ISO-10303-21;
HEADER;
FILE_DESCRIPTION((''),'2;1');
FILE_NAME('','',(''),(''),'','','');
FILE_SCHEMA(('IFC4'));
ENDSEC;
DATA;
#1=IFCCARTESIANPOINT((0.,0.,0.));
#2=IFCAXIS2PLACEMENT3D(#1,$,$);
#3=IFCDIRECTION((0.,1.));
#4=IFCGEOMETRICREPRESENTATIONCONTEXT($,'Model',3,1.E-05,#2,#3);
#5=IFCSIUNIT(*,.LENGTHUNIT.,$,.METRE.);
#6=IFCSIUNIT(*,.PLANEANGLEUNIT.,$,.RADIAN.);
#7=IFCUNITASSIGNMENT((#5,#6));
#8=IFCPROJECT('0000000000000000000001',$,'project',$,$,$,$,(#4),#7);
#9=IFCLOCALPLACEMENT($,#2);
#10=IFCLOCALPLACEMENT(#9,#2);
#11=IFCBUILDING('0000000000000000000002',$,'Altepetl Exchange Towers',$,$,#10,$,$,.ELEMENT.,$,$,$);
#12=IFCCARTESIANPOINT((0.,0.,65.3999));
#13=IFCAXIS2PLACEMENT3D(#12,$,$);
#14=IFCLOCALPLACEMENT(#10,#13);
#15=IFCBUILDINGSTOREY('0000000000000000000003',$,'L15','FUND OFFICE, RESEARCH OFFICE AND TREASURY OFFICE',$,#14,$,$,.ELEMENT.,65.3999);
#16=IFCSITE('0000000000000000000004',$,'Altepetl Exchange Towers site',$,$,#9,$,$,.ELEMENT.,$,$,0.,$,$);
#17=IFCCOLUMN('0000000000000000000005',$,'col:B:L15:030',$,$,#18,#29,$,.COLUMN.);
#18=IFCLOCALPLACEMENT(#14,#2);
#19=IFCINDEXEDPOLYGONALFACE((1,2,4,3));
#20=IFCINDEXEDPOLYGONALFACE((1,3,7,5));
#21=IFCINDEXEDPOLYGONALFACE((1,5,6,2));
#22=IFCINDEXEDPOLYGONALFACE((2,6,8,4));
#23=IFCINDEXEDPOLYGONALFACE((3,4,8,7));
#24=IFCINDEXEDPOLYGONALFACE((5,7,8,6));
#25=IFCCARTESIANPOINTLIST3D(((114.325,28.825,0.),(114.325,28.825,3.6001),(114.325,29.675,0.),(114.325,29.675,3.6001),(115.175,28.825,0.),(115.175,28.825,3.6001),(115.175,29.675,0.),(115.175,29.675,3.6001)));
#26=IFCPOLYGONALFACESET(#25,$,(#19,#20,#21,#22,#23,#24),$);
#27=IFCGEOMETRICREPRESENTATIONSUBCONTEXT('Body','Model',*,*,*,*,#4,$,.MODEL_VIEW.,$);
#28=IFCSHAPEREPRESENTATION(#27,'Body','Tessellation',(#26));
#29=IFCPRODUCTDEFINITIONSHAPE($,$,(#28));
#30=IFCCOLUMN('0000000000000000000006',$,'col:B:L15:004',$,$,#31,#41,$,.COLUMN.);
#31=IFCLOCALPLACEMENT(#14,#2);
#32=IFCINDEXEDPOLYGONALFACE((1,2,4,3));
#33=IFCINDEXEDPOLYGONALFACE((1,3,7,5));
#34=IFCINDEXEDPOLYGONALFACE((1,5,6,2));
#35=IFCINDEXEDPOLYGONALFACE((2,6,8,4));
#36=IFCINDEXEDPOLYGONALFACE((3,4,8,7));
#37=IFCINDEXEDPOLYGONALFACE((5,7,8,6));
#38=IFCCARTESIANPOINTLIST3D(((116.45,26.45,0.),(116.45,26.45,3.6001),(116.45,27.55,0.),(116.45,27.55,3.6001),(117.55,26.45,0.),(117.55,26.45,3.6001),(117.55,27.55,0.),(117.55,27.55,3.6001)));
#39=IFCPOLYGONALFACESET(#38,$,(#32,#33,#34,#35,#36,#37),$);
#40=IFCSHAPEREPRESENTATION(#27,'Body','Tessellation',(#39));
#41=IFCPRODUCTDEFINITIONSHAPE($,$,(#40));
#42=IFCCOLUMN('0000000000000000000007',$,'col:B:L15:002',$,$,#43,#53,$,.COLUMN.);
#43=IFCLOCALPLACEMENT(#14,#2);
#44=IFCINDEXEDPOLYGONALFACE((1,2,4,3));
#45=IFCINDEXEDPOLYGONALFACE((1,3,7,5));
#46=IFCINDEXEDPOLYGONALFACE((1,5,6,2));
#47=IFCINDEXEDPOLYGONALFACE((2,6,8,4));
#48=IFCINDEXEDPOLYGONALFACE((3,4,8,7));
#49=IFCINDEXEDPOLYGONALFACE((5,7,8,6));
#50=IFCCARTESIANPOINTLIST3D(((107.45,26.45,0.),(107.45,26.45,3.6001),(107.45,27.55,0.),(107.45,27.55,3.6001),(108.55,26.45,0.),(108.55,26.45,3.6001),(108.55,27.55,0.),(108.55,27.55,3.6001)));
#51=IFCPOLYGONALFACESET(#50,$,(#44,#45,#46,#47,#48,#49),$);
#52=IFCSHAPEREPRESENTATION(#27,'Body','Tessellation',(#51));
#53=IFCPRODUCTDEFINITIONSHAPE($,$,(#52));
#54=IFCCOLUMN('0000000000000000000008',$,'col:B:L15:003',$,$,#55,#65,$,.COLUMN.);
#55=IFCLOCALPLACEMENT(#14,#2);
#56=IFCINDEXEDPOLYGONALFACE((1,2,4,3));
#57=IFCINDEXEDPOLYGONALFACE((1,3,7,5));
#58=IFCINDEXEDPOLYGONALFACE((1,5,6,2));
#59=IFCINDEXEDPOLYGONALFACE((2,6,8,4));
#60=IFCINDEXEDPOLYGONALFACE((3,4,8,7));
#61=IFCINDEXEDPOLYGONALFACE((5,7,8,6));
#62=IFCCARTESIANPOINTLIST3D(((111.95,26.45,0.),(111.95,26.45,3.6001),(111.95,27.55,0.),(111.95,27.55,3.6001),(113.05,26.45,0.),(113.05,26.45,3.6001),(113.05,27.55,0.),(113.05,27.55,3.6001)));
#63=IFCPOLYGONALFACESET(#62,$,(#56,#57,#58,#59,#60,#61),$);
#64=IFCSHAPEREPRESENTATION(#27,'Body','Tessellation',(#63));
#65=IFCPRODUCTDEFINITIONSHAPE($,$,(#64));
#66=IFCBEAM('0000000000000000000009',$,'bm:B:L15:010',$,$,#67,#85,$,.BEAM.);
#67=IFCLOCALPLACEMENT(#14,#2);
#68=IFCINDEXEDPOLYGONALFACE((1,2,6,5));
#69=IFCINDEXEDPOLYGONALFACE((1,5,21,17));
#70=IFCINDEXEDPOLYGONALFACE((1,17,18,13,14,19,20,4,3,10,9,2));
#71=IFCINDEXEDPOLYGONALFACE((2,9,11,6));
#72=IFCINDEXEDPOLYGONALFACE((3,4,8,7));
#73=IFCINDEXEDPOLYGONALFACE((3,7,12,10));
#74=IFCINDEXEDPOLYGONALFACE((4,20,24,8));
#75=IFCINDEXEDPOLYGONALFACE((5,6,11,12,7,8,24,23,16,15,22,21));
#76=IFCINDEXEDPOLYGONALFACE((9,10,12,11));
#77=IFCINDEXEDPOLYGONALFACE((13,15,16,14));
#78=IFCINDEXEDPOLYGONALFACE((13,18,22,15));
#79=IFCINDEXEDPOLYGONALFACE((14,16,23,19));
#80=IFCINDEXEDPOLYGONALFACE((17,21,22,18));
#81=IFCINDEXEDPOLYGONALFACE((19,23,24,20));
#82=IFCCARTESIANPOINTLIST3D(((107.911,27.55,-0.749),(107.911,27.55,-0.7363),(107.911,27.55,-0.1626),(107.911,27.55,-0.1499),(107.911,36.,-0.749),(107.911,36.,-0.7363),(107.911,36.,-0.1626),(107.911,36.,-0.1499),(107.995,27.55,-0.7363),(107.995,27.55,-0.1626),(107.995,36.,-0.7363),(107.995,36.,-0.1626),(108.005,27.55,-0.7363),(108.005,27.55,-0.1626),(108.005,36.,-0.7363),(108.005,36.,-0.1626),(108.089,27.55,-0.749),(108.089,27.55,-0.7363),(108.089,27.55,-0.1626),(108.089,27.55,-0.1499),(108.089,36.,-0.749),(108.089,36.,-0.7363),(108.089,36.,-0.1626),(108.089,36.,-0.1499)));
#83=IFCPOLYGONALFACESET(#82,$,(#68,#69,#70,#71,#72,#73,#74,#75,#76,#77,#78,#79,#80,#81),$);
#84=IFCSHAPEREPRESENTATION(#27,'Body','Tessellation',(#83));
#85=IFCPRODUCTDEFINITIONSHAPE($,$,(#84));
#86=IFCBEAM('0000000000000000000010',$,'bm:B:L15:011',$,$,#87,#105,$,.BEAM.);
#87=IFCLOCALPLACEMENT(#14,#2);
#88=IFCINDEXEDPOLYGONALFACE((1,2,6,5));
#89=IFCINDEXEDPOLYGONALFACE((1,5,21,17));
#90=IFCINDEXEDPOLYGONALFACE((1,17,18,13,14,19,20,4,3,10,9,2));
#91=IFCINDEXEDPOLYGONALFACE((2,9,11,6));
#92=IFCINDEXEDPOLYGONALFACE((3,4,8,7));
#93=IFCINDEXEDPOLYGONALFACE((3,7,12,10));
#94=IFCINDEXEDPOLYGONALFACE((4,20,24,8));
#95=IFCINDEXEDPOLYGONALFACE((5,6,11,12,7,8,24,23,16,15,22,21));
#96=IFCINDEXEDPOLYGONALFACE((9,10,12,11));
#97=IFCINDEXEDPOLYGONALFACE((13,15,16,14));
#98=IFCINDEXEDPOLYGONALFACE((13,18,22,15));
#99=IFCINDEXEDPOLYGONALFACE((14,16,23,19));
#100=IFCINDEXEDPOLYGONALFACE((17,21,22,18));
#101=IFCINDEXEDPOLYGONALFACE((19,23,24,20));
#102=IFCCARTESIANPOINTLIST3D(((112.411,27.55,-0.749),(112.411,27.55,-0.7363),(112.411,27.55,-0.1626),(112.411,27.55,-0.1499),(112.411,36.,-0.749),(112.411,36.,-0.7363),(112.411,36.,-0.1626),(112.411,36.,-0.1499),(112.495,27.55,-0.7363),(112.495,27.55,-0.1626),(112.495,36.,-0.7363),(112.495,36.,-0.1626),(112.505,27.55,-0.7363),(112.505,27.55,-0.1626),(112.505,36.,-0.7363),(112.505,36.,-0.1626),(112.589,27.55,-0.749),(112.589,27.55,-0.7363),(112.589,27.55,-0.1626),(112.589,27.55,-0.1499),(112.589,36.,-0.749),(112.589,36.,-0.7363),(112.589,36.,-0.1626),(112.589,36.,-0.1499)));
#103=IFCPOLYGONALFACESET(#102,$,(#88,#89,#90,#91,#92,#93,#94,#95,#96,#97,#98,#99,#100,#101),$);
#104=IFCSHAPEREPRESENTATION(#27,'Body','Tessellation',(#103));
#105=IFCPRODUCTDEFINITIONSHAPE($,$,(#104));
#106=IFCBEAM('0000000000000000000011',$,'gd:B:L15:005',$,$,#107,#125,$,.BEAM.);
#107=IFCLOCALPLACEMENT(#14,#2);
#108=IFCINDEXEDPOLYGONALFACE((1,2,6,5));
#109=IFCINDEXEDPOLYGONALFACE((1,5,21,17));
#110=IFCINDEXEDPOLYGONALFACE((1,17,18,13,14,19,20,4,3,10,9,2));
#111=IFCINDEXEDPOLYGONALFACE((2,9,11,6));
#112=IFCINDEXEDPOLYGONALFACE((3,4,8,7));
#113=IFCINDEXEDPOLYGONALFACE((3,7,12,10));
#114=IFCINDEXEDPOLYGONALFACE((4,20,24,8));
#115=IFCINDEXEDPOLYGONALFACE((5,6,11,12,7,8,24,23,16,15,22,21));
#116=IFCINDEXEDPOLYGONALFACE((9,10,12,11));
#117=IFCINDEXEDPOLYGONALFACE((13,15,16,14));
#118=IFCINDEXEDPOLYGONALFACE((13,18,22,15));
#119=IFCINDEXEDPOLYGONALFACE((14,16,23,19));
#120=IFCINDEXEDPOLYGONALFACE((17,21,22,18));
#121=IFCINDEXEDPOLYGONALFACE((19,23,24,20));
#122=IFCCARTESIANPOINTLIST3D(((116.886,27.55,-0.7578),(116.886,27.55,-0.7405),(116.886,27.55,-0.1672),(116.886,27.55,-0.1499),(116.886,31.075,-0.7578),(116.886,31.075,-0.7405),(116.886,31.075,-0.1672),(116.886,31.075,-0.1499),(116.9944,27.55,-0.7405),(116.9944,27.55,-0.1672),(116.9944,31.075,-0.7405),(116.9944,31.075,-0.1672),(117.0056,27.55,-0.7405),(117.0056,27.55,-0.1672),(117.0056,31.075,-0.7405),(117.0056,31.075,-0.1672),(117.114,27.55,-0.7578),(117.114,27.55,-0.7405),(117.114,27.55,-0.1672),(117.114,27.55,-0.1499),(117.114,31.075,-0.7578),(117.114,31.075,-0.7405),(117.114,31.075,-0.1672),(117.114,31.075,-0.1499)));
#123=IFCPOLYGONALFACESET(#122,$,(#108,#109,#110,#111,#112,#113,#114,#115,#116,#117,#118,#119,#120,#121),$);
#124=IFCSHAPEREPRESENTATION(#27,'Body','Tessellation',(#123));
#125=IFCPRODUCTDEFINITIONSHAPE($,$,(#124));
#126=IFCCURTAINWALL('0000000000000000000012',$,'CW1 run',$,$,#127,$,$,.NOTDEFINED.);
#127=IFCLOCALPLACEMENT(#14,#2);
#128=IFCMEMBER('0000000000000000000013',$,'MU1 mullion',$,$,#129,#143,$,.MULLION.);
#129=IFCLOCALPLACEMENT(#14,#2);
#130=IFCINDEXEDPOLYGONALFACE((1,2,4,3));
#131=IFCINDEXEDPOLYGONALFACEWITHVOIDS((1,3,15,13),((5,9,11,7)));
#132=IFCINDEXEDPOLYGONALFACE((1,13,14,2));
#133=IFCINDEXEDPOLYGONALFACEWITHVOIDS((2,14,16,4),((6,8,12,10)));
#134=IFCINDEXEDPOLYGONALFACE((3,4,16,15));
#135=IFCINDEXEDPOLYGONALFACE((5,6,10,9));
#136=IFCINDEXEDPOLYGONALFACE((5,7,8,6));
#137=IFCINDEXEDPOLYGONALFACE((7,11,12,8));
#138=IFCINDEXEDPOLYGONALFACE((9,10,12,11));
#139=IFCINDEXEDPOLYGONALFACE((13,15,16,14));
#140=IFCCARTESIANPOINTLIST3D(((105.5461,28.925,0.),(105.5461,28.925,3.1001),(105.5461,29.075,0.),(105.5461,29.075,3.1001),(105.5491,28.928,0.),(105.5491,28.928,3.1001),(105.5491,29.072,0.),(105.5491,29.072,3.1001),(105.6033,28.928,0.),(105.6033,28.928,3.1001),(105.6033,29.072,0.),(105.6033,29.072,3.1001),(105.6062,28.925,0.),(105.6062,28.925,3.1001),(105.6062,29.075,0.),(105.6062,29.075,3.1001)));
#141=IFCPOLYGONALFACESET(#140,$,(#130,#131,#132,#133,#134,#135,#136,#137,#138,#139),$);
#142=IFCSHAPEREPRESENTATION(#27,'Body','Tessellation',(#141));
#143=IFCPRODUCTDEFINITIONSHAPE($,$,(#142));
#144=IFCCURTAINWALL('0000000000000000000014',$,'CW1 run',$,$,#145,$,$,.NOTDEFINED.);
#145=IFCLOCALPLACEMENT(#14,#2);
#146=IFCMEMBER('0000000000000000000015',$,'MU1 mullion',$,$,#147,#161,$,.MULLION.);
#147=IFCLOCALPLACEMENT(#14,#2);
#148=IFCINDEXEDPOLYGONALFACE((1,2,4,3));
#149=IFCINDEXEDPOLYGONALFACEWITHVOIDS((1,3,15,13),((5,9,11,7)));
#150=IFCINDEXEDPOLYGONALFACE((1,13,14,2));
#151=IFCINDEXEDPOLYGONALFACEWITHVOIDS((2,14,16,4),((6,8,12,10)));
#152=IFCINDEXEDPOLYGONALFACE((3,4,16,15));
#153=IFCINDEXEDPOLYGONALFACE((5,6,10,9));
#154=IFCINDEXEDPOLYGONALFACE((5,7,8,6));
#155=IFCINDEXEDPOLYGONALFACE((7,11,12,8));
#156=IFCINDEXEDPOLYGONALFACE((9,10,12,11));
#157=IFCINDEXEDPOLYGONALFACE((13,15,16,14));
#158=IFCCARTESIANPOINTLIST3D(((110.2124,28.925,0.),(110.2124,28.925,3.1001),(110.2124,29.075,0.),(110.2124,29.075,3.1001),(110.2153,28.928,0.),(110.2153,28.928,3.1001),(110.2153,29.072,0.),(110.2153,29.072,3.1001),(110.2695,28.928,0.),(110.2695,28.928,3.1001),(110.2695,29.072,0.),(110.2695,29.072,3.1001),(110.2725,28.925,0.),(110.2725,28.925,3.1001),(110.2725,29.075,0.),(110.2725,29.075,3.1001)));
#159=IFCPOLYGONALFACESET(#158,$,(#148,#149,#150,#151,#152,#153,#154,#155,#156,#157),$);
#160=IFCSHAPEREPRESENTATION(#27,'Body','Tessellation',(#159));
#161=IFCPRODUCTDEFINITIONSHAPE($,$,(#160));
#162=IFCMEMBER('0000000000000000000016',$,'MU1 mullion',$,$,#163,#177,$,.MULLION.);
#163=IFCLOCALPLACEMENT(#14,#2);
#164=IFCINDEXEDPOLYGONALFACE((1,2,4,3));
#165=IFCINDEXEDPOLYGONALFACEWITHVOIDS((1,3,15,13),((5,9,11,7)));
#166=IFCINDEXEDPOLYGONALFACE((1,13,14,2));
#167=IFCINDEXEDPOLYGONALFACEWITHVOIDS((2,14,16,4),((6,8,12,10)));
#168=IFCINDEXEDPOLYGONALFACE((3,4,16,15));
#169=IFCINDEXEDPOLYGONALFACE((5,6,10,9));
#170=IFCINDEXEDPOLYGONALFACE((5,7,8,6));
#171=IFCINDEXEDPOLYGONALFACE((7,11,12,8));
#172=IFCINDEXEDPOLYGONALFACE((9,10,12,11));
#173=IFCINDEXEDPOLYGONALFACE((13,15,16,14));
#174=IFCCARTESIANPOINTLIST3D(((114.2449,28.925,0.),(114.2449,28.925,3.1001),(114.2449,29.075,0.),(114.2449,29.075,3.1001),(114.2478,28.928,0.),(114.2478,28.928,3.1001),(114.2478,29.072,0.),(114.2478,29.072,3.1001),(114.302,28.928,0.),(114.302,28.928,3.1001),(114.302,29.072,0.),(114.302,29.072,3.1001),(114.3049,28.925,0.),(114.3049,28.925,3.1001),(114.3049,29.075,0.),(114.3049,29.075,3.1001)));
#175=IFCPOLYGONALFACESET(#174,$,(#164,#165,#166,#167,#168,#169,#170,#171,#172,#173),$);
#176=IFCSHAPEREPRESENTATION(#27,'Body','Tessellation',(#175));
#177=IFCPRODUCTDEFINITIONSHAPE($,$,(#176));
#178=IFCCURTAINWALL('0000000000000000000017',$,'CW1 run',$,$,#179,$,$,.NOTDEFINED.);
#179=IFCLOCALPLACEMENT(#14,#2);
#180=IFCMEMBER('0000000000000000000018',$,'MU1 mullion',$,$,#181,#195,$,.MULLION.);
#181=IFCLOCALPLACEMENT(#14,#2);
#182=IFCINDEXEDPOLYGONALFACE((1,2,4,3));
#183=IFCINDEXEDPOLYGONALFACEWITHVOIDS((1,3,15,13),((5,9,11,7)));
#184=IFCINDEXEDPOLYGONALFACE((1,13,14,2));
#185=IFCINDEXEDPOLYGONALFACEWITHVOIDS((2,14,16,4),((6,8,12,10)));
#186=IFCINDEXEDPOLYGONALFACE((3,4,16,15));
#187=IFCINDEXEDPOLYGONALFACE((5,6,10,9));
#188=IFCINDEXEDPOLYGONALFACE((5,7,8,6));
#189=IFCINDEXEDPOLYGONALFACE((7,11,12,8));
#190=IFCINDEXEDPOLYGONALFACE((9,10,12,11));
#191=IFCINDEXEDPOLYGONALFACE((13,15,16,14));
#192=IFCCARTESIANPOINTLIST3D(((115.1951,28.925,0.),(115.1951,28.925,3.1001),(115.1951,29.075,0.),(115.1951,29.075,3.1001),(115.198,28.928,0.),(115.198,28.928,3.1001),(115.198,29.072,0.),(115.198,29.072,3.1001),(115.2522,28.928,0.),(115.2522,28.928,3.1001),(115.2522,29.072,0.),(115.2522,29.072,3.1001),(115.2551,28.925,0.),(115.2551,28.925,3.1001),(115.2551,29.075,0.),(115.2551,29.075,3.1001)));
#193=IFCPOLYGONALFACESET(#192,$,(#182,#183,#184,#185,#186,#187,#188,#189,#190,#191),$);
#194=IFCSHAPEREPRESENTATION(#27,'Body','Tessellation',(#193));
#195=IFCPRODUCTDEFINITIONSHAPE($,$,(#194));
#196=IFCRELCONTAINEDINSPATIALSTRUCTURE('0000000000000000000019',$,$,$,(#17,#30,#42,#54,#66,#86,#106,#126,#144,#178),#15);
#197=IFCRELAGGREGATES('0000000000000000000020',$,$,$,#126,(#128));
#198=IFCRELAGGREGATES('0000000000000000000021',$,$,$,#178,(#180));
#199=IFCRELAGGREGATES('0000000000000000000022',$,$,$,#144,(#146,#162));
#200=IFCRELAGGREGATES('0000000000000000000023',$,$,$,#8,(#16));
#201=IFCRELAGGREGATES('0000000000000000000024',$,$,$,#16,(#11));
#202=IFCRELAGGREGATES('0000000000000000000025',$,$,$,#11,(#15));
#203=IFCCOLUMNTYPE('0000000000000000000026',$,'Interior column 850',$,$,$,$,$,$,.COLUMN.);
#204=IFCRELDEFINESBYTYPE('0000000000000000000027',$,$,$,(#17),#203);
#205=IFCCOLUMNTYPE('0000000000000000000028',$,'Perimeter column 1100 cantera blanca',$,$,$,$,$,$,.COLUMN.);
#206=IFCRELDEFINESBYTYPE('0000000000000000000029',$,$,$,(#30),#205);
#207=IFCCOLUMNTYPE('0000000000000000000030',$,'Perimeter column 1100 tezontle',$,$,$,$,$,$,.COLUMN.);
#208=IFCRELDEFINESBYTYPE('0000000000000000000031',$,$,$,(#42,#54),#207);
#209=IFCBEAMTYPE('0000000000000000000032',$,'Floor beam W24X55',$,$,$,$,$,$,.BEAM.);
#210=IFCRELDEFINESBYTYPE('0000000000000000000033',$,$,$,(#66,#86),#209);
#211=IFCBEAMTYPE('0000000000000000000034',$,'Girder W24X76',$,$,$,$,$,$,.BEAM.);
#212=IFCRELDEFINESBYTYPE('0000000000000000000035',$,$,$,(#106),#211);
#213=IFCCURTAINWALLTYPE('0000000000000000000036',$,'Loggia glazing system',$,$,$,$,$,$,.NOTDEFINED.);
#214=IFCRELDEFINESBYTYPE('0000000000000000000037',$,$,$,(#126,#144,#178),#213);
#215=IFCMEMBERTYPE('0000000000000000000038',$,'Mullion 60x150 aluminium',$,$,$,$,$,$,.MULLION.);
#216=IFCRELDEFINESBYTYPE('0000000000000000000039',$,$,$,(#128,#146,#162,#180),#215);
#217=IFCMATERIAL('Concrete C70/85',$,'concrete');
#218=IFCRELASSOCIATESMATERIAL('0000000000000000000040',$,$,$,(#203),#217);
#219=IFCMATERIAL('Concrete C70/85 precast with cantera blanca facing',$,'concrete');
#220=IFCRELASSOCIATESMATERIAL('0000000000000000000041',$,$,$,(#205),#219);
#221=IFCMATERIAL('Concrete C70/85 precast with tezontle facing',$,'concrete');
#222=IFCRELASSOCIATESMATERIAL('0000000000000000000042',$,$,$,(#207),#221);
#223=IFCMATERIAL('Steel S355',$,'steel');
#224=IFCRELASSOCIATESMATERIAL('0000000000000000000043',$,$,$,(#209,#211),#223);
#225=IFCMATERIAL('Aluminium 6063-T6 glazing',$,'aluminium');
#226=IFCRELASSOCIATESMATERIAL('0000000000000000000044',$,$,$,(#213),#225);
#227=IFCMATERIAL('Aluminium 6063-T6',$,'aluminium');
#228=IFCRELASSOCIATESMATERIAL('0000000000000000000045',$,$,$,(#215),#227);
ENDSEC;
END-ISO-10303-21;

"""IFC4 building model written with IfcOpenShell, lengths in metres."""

from ifc_helpers import new_model, si_unit, direction, frame, origin, origin_2d, place, context, subcontext, project, spatial, rectangle, hollow_rectangle, i_section, extrude, material, material_profile, profile_set, type_object, element, aggregate, save


model = new_model("IFC4")

# Units and contexts
model_context = context("Model", 3, precision=1e-05, world=origin(), true_north=direction((0.0, 1.0)))
body_context = subcontext(model_context, "Body", "Model", "MODEL_VIEW")
ifc_project = project(units=[si_unit("LENGTHUNIT", "METRE"), si_unit("PLANEANGLEUNIT", "RADIAN")], contexts=[model_context])

# Site, building, storey
site_placement = place(None, origin())
site = spatial("IfcSite", under=ifc_project, at=site_placement, Name="Altepetl Exchange Towers site", CompositionType="ELEMENT", RefElevation=0.0)
building_placement = place(site_placement, origin())
building = spatial("IfcBuilding", under=site, at=building_placement, Name="Altepetl Exchange Towers", CompositionType="ELEMENT")
storey_placement = place(building_placement, frame((0.0, 0.0, 65.3999)))
storey = spatial("IfcBuildingStorey", under=building, at=storey_placement, Name="L15", Description="FUND OFFICE, RESEARCH OFFICE AND TREASURY OFFICE", CompositionType="ELEMENT", Elevation=65.3999)

# Columns
ifc_material_1 = material(Name="Concrete C70/85", Category="concrete")
ifc_material_profile_1 = material_profile(ifc_material_1, rectangle(XDim=0.8501, YDim=0.8501, at=origin_2d()), Name="850 x 850")
ifc_profile_set_1 = profile_set([ifc_material_profile_1], Name="Concrete C70/85")
column_type_1 = type_object("IfcColumnType", Name="Interior column 850", PredefinedType="COLUMN", material=ifc_profile_set_1)
column_1_placement = place(storey_placement, frame((114.75, 29.25, 0.0)))
element("IfcColumn", 1, at=column_1_placement, inside=storey, type_object=column_type_1, Name="col:B:L15:030", PredefinedType="COLUMN", context=body_context, shape_type="SweptSolid", body=[
    extrude(rectangle(XDim=0.8501, YDim=0.8501, at=origin_2d()), origin(), (0.0, 0.0, 1.0), 3.6001),
])
ifc_material_2 = material(Name="Concrete C70/85 precast with cantera blanca facing", Category="concrete")
ifc_material_profile_2 = material_profile(ifc_material_2, rectangle(XDim=1.1001, YDim=1.1001, at=origin_2d()), Name="1100 x 1100")
ifc_profile_set_2 = profile_set([ifc_material_profile_2], Name="Concrete C70/85 precast with cantera blanca facing")
column_type_2 = type_object("IfcColumnType", Name="Perimeter column 1100 cantera blanca", PredefinedType="COLUMN", material=ifc_profile_set_2)
column_2_placement = place(storey_placement, frame((117.0, 27.0, 0.0)))
element("IfcColumn", 2, at=column_2_placement, inside=storey, type_object=column_type_2, Name="col:B:L15:004", PredefinedType="COLUMN", context=body_context, shape_type="SweptSolid", body=[
    extrude(rectangle(XDim=1.1001, YDim=1.1001, at=origin_2d()), origin(), (0.0, 0.0, 1.0), 3.6001),
])
ifc_material_3 = material(Name="Concrete C70/85 precast with tezontle facing", Category="concrete")
ifc_material_profile_3 = material_profile(ifc_material_3, rectangle(XDim=1.1001, YDim=1.1001, at=origin_2d()), Name="1100 x 1100")
ifc_profile_set_3 = profile_set([ifc_material_profile_3], Name="Concrete C70/85 precast with tezontle facing")
column_type_3 = type_object("IfcColumnType", Name="Perimeter column 1100 tezontle", PredefinedType="COLUMN", material=ifc_profile_set_3)
for number, where, name in (
    (3, (108.0, 27.0, 0.0), "col:B:L15:002"),
    (4, (112.5, 27.0, 0.0), "col:B:L15:003"),
):
    element("IfcColumn", number, at=place(storey_placement, frame(where)), inside=storey, type_object=column_type_3, Name=name, PredefinedType="COLUMN", context=body_context, shape_type="SweptSolid", body=[
        extrude(rectangle(XDim=1.1001, YDim=1.1001, at=origin_2d()), origin(), (0.0, 0.0, 1.0), 3.6001),
    ])

# Beams
ifc_material_4 = material(Name="Steel S355", Category="steel")
ifc_material_profile_4 = material_profile(ifc_material_4, i_section(OverallWidth=0.178, OverallDepth=0.5991, WebThickness=0.01, FlangeThickness=0.0127, at=origin_2d()), Name="W24X55")
ifc_profile_set_4 = profile_set([ifc_material_profile_4], Name="Steel S355")
beam_type_1 = type_object("IfcBeamType", Name="Floor beam W24X55", PredefinedType="BEAM", material=ifc_profile_set_4)
for number, where, z_axis, x_axis, name in (
    (5, (108.0, 27.55, -0.4495), (0.0, 1.0, 0.0), (-1.0, 0.0, 0.0), "bm:B:L15:010"),
    (6, (112.5, 27.55, -0.4495), (0.0, 1.0, 0.0), (-1.0, 0.0, 0.0), "bm:B:L15:011"),
):
    element("IfcBeam", number, at=place(storey_placement, frame(where, z_axis=z_axis, x_axis=x_axis)), inside=storey, type_object=beam_type_1, Name=name, PredefinedType="BEAM", context=body_context, shape_type="SweptSolid", body=[
        extrude(i_section(OverallWidth=0.178, OverallDepth=0.5991, WebThickness=0.01, FlangeThickness=0.0127, at=origin_2d()), origin(), (0.0, 0.0, 1.0), 8.45),
    ])
ifc_material_profile_5 = material_profile(ifc_material_4, i_section(OverallWidth=0.228, OverallDepth=0.6079, WebThickness=0.0112, FlangeThickness=0.0173, at=origin_2d()), Name="W24X76")
ifc_profile_set_5 = profile_set([ifc_material_profile_5], Name="Steel S355")
beam_type_2 = type_object("IfcBeamType", Name="Girder W24X76", PredefinedType="BEAM", material=ifc_profile_set_5)
beam_placement = place(storey_placement, frame((117.0, 31.075, -0.4539), z_axis=(0.0, -1.0, 0.0), x_axis=(1.0, 0.0, 0.0)))
element("IfcBeam", 7, at=beam_placement, inside=storey, type_object=beam_type_2, Name="gd:B:L15:005", PredefinedType="BEAM", context=body_context, shape_type="SweptSolid", body=[
    extrude(i_section(OverallWidth=0.228, OverallDepth=0.6079, WebThickness=0.0112, FlangeThickness=0.0173, at=origin_2d()), origin(), (0.0, 0.0, 1.0), 3.5249),
])

# Curtain wall, member
ifc_material_5 = material(Name="Aluminium 6063-T6 glazing", Category="aluminium")
curtain_wall_type = type_object("IfcCurtainWallType", Name="Loggia glazing system", PredefinedType="NOTDEFINED", material=ifc_material_5)
curtain_wall_1_placement = place(storey_placement, origin())
curtain_wall_1 = element("IfcCurtainWall", 8, at=curtain_wall_1_placement, inside=storey, type_object=curtain_wall_type, Name="CW1 run", PredefinedType="NOTDEFINED")
ifc_material_6 = material(Name="Aluminium 6063-T6", Category="aluminium")
ifc_material_profile_6 = material_profile(ifc_material_6, hollow_rectangle(XDim=0.0601, YDim=0.1499, WallThickness=0.0029, at=origin_2d()), Name="Mullion 60x150 aluminium")
ifc_profile_set_6 = profile_set([ifc_material_profile_6], Name="Aluminium 6063-T6")
member_type = type_object("IfcMemberType", Name="Mullion 60x150 aluminium", PredefinedType="MULLION", material=ifc_profile_set_6)
member_1_placement = place(storey_placement, frame((105.5762, 29.0, 0.0)))
member_1 = element("IfcMember", 9, at=member_1_placement, type_object=member_type, Name="MU1 mullion", PredefinedType="MULLION", context=body_context, shape_type="SweptSolid", body=[
    extrude(hollow_rectangle(XDim=0.0601, YDim=0.1499, WallThickness=0.0029, at=origin_2d()), origin(), (0.0, 0.0, 1.0), 3.1001),
])
aggregate(curtain_wall_1, [member_1])

# Curtain wall, members
curtain_wall_2_placement = place(storey_placement, origin())
curtain_wall_2 = element("IfcCurtainWall", 10, at=curtain_wall_2_placement, inside=storey, type_object=curtain_wall_type, Name="CW1 run", PredefinedType="NOTDEFINED")
member_2_placement = place(storey_placement, frame((110.2424, 29.0, 0.0)))
member_2 = element("IfcMember", 11, at=member_2_placement, type_object=member_type, Name="MU1 mullion", PredefinedType="MULLION", context=body_context, shape_type="SweptSolid", body=[
    extrude(hollow_rectangle(XDim=0.0601, YDim=0.1499, WallThickness=0.0029, at=origin_2d()), origin(), (0.0, 0.0, 1.0), 3.1001),
])
member_3_placement = place(storey_placement, frame((114.2749, 29.0, 0.0)))
member_3 = element("IfcMember", 12, at=member_3_placement, type_object=member_type, Name="MU1 mullion", PredefinedType="MULLION", context=body_context, shape_type="SweptSolid", body=[
    extrude(hollow_rectangle(XDim=0.0601, YDim=0.1499, WallThickness=0.0029, at=origin_2d()), origin(), (0.0, 0.0, 1.0), 3.1001),
])

# Curtain wall, member
curtain_wall_3_placement = place(storey_placement, origin())
curtain_wall_3 = element("IfcCurtainWall", 13, at=curtain_wall_3_placement, inside=storey, type_object=curtain_wall_type, Name="CW1 run", PredefinedType="NOTDEFINED")
member_4_placement = place(storey_placement, frame((115.2251, 29.0, 0.0)))
member_4 = element("IfcMember", 14, at=member_4_placement, type_object=member_type, Name="MU1 mullion", PredefinedType="MULLION", context=body_context, shape_type="SweptSolid", body=[
    extrude(hollow_rectangle(XDim=0.0601, YDim=0.1499, WallThickness=0.0029, at=origin_2d()), origin(), (0.0, 0.0, 1.0), 3.1001),
])
aggregate(curtain_wall_3, [member_4])

aggregate(curtain_wall_2, [member_2, member_3])

save(model, "model.ifc")
